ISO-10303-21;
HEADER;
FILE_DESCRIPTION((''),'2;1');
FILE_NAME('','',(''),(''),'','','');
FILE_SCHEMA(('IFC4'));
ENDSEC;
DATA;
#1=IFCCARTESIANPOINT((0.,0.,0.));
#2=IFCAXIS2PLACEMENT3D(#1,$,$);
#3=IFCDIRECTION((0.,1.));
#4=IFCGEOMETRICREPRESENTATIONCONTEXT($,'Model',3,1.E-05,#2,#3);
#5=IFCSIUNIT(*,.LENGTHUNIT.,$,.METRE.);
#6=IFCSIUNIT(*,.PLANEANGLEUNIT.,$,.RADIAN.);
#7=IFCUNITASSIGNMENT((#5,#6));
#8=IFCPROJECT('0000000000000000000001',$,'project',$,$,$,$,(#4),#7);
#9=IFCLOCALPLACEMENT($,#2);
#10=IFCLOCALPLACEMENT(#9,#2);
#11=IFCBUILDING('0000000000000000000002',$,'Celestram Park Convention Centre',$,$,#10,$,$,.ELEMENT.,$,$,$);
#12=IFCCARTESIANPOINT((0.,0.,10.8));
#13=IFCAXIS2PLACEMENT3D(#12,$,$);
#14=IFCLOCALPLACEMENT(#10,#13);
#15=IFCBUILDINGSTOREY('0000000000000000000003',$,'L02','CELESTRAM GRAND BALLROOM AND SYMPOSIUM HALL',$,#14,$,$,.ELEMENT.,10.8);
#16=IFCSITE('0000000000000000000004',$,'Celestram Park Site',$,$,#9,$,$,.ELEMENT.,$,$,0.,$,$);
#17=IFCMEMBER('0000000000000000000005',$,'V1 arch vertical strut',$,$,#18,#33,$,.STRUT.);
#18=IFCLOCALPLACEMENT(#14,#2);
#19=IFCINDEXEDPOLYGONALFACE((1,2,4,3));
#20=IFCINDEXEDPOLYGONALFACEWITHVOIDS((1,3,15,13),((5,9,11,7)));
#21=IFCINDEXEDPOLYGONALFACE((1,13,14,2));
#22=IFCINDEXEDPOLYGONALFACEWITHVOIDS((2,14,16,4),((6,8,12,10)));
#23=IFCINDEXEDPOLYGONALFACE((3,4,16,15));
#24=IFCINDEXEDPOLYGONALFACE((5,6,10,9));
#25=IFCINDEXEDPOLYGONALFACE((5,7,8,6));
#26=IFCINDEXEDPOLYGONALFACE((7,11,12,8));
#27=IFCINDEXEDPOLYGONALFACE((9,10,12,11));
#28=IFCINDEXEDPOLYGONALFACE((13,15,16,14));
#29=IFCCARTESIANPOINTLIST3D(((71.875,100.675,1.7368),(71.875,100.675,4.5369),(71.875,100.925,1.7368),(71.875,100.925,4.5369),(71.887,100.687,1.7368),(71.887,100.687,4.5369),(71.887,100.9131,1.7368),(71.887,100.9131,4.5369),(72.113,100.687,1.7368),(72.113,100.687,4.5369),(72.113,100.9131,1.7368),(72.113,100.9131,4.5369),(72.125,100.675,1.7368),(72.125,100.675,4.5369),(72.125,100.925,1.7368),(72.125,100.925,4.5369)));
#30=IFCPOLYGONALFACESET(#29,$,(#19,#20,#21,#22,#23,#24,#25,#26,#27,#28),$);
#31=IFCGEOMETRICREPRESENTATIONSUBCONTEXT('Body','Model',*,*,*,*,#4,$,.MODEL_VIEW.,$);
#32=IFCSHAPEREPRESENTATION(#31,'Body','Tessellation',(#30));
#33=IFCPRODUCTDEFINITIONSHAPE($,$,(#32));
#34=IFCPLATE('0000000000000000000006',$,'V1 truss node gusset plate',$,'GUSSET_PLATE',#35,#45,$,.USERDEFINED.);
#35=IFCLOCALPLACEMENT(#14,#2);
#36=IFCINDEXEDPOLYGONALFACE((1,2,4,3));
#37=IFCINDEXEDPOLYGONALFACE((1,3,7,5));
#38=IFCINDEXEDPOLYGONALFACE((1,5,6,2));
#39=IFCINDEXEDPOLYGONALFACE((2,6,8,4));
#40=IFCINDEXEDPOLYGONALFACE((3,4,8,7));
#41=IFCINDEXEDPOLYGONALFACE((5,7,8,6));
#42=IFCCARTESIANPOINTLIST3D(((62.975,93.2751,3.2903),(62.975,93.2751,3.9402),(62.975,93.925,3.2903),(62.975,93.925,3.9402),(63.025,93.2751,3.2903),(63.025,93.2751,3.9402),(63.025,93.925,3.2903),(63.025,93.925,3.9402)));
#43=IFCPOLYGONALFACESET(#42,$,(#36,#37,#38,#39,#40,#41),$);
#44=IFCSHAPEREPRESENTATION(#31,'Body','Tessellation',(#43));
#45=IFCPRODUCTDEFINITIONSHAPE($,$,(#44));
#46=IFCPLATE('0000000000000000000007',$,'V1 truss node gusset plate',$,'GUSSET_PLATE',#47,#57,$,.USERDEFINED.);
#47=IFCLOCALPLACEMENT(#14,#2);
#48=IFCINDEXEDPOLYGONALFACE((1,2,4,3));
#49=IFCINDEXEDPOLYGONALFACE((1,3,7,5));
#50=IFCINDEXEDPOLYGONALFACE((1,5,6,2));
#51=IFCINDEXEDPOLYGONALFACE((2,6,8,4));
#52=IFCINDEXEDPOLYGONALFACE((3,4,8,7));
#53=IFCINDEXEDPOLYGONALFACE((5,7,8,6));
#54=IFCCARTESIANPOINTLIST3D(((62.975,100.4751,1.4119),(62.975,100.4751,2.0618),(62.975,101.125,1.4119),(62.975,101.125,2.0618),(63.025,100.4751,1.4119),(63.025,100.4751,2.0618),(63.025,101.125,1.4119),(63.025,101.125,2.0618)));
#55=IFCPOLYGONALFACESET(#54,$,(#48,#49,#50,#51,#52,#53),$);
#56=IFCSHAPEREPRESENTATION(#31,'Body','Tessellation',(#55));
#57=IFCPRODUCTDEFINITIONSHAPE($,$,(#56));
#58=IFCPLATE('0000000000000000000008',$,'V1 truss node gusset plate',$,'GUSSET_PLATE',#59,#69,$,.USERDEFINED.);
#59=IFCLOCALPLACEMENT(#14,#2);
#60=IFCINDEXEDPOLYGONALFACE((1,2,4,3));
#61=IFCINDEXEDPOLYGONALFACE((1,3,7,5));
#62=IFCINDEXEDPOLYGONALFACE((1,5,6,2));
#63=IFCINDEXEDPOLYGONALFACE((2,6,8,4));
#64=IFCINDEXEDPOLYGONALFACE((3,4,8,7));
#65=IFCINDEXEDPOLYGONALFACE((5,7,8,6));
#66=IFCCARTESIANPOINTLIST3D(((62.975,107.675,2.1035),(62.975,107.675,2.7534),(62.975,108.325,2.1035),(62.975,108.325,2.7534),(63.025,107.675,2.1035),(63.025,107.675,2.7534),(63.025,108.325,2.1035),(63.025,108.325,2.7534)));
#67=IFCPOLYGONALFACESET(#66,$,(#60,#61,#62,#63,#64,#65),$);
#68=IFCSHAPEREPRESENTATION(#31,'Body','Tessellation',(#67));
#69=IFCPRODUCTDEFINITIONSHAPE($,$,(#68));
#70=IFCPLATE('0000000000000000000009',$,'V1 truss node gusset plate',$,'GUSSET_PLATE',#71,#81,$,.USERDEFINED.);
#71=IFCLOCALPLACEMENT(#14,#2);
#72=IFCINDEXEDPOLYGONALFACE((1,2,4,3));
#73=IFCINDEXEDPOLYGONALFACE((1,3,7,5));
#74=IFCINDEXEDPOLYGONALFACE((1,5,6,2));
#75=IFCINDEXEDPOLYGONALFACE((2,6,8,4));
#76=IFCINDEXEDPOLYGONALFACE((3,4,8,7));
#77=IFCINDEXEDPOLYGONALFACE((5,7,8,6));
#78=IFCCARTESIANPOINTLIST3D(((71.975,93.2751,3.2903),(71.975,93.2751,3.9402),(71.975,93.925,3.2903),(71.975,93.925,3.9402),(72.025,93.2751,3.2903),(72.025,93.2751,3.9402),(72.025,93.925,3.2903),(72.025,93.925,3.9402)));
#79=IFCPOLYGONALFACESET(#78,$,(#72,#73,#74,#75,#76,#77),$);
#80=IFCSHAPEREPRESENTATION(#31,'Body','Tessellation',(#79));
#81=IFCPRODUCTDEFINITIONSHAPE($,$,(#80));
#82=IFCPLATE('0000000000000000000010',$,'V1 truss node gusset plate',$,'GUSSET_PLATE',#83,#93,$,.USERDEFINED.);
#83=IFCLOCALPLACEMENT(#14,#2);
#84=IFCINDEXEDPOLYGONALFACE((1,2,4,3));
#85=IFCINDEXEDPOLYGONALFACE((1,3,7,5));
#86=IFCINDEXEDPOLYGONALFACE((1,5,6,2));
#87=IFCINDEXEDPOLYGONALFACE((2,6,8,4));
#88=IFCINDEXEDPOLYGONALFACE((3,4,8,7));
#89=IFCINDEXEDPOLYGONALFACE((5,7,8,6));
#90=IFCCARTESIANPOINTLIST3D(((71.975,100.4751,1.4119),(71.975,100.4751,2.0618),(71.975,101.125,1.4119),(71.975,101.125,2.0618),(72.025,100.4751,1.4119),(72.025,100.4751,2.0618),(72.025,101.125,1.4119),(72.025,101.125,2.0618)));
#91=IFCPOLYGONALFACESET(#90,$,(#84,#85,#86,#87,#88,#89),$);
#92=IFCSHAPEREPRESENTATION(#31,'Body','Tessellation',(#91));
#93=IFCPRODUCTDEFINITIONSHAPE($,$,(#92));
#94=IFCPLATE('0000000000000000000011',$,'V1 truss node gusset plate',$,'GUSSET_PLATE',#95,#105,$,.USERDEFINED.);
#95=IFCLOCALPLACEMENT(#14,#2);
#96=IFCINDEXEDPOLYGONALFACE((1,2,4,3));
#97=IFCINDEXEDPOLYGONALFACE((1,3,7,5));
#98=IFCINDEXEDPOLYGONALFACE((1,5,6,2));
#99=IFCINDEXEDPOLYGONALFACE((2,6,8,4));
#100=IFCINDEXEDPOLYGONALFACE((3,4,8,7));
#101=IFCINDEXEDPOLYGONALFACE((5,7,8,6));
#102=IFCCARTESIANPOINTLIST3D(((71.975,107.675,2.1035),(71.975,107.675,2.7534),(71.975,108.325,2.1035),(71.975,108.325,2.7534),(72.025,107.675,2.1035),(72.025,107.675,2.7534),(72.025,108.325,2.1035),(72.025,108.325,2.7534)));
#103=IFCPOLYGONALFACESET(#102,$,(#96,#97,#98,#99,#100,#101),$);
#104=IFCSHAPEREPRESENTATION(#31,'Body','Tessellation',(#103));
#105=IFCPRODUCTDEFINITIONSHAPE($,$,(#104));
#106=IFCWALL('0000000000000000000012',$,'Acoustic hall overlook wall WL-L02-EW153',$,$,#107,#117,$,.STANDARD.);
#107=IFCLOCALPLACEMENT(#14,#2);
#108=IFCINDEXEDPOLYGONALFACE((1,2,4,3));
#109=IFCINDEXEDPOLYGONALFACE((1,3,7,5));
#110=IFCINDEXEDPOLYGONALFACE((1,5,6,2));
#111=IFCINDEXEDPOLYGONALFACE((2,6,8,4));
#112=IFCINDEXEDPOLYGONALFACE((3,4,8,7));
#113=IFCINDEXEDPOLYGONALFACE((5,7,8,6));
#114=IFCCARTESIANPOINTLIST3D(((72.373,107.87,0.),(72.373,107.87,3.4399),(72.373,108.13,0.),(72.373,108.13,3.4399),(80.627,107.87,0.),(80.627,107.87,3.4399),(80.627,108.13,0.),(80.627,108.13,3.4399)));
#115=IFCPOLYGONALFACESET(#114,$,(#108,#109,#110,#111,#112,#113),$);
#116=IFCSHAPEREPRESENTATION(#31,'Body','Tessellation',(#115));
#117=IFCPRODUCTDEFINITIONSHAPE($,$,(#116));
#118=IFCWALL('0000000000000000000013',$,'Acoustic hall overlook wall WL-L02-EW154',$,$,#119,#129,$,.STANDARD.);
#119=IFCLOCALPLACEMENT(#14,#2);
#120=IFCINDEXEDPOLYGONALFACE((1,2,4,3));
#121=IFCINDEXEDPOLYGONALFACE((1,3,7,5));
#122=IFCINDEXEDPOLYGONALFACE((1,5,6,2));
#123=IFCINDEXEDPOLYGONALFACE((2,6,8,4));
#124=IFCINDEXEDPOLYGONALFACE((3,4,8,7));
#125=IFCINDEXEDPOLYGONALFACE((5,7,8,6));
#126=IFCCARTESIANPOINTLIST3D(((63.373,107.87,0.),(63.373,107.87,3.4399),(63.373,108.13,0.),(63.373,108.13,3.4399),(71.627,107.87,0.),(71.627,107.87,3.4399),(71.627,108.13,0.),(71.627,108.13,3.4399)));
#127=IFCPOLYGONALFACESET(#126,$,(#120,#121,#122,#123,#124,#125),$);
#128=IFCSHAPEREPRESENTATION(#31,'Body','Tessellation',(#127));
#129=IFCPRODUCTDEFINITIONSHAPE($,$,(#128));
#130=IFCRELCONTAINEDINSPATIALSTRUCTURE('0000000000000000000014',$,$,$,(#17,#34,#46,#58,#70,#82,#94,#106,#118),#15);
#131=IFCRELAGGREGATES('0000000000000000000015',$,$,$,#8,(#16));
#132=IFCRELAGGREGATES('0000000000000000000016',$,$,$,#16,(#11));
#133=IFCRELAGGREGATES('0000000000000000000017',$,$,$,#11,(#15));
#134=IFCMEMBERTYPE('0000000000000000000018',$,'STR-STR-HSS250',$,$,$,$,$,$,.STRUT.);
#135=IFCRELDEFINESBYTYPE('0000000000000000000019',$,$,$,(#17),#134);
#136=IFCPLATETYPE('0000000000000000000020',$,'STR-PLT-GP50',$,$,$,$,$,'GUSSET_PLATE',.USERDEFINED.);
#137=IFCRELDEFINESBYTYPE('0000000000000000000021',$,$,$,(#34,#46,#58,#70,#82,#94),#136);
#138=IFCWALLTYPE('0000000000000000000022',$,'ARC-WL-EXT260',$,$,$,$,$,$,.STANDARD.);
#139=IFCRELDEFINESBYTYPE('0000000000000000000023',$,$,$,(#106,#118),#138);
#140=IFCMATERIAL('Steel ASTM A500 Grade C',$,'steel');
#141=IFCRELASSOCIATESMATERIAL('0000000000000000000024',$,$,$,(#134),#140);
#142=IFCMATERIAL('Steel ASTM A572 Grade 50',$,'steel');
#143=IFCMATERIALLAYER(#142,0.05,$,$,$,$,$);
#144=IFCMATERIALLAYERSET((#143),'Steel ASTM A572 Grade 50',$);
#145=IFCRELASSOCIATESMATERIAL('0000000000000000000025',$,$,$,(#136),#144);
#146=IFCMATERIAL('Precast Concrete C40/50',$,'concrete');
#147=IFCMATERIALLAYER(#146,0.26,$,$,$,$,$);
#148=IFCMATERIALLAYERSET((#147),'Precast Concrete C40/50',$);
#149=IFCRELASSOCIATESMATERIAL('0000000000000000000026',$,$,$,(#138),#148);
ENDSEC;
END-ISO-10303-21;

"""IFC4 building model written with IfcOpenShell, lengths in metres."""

from ifc_helpers import new_model, si_unit, direction, frame, frame_2d, origin, origin_2d, place, context, subcontext, project, spatial, rectangle, hollow_rectangle, extrude, material, layer, layer_set, material_profile, profile_set, type_object, element, save


model = new_model("IFC4")

# Units and contexts
model_context = context("Model", 3, precision=1e-05, world=origin(), true_north=direction((0.0, 1.0)))
body_context = subcontext(model_context, "Body", "Model", "MODEL_VIEW")
ifc_project = project(units=[si_unit("LENGTHUNIT", "METRE"), si_unit("PLANEANGLEUNIT", "RADIAN")], contexts=[model_context])

# Site, building, storey
site_placement = place(None, origin())
site = spatial("IfcSite", under=ifc_project, at=site_placement, Name="Celestram Park Site", CompositionType="ELEMENT", RefElevation=0.0)
building_placement = place(site_placement, origin())
building = spatial("IfcBuilding", under=site, at=building_placement, Name="Celestram Park Convention Centre", CompositionType="ELEMENT")
storey_placement = place(building_placement, frame((0.0, 0.0, 10.8)))
storey = spatial("IfcBuildingStorey", under=building, at=storey_placement, Name="L02", Description="CELESTRAM GRAND BALLROOM AND SYMPOSIUM HALL", CompositionType="ELEMENT", Elevation=10.8)

# Shared definitions
ifc_material_1 = material(Name="Steel ASTM A500 Grade C", Category="steel")

# Member
ifc_material_profile_1 = material_profile(ifc_material_1, hollow_rectangle(XDim=0.25, YDim=0.25, WallThickness=0.012, at=origin_2d()), Name="HSS250X250X12")
ifc_profile_set_1 = profile_set([ifc_material_profile_1], Name="Steel ASTM A500 Grade C")
member_type_1 = type_object("IfcMemberType", Name="STR-STR-HSS250", PredefinedType="STRUT", material=ifc_profile_set_1)
for number, where, z_axis, x_axis, name in (
    (1, (72.0, 100.8, 1.7368), (0.0, 0.0, 1.0), (1.0, 0.0, 0.0), "V1 arch vertical strut"),
):
    element("IfcMember", number, at=place(storey_placement, frame(where, z_axis=z_axis, x_axis=x_axis)), inside=storey, type_object=member_type_1, Name=name, PredefinedType="STRUT", context=body_context, shape_type="SweptSolid", body=[
        extrude(hollow_rectangle(XDim=0.25, YDim=0.25, WallThickness=0.012, at=origin_2d()), origin(), (0.0, 0.0, 1.0), 2.8),
    ])

# Plates
ifc_material_2 = material(Name="Steel ASTM A572 Grade 50", Category="steel")
ifc_layer_1 = layer(ifc_material_2, 0.05)
ifc_layer_set_1 = layer_set([ifc_layer_1], Name="Steel ASTM A572 Grade 50")
plate_type = type_object("IfcPlateType", Name="STR-PLT-GP50", ElementType="GUSSET_PLATE", PredefinedType="USERDEFINED", material=ifc_layer_set_1)
for number, where, z_axis, x_axis, name in (
    (2, (63.0, 93.6001, 3.2903), (0.0, 0.0, 1.0), (0.0, 1.0, 0.0), "V1 truss node gusset plate"),
    (3, (63.0, 100.8, 1.4119), (0.0, 0.0, 1.0), (0.0, 1.0, 0.0), "V1 truss node gusset plate"),
    (4, (63.0, 108.0, 2.1035), (0.0, 0.0, 1.0), (0.0, 1.0, 0.0), "V1 truss node gusset plate"),
    (5, (72.0, 93.6001, 3.2903), (0.0, 0.0, 1.0), (0.0, 1.0, 0.0), "V1 truss node gusset plate"),
    (6, (72.0, 100.8, 1.4119), (0.0, 0.0, 1.0), (0.0, 1.0, 0.0), "V1 truss node gusset plate"),
    (7, (72.0, 108.0, 2.1035), (0.0, 0.0, 1.0), (0.0, 1.0, 0.0), "V1 truss node gusset plate"),
):
    element("IfcPlate", number, at=place(storey_placement, frame(where, z_axis=z_axis, x_axis=x_axis)), inside=storey, type_object=plate_type, Name=name, ObjectType="GUSSET_PLATE", PredefinedType="USERDEFINED", context=body_context, shape_type="SweptSolid", body=[
        extrude(rectangle(XDim=0.6499, YDim=0.05, at=origin_2d()), origin(), (0.0, 0.0, 1.0), 0.6499),
    ])

# Walls
ifc_material_3 = material(Name="Precast Concrete C40/50", Category="concrete")
ifc_layer_2 = layer(ifc_material_3, 0.26)
ifc_layer_set_2 = layer_set([ifc_layer_2], Name="Precast Concrete C40/50")
wall_type = type_object("IfcWallType", Name="ARC-WL-EXT260", PredefinedType="STANDARD", material=ifc_layer_set_2)
for number, where, z_axis, x_axis, name in (
    (8, (80.627, 108.0, 0.0), (0.0, 0.0, 1.0), (-1.0, 0.0, 0.0), "Acoustic hall overlook wall WL-L02-EW153"),
    (9, (71.627, 108.0, 0.0), (0.0, 0.0, 1.0), (-1.0, 0.0, 0.0), "Acoustic hall overlook wall WL-L02-EW154"),
):
    element("IfcWall", number, at=place(storey_placement, frame(where, z_axis=z_axis, x_axis=x_axis)), inside=storey, type_object=wall_type, Name=name, PredefinedType="STANDARD", context=body_context, shape_type="SweptSolid", body=[
        extrude(rectangle(XDim=8.2539, YDim=0.26, at=frame_2d((4.127, 0.0))), origin(), (0.0, 0.0, 1.0), 3.4399),
    ])

save(model, "model.ifc")
